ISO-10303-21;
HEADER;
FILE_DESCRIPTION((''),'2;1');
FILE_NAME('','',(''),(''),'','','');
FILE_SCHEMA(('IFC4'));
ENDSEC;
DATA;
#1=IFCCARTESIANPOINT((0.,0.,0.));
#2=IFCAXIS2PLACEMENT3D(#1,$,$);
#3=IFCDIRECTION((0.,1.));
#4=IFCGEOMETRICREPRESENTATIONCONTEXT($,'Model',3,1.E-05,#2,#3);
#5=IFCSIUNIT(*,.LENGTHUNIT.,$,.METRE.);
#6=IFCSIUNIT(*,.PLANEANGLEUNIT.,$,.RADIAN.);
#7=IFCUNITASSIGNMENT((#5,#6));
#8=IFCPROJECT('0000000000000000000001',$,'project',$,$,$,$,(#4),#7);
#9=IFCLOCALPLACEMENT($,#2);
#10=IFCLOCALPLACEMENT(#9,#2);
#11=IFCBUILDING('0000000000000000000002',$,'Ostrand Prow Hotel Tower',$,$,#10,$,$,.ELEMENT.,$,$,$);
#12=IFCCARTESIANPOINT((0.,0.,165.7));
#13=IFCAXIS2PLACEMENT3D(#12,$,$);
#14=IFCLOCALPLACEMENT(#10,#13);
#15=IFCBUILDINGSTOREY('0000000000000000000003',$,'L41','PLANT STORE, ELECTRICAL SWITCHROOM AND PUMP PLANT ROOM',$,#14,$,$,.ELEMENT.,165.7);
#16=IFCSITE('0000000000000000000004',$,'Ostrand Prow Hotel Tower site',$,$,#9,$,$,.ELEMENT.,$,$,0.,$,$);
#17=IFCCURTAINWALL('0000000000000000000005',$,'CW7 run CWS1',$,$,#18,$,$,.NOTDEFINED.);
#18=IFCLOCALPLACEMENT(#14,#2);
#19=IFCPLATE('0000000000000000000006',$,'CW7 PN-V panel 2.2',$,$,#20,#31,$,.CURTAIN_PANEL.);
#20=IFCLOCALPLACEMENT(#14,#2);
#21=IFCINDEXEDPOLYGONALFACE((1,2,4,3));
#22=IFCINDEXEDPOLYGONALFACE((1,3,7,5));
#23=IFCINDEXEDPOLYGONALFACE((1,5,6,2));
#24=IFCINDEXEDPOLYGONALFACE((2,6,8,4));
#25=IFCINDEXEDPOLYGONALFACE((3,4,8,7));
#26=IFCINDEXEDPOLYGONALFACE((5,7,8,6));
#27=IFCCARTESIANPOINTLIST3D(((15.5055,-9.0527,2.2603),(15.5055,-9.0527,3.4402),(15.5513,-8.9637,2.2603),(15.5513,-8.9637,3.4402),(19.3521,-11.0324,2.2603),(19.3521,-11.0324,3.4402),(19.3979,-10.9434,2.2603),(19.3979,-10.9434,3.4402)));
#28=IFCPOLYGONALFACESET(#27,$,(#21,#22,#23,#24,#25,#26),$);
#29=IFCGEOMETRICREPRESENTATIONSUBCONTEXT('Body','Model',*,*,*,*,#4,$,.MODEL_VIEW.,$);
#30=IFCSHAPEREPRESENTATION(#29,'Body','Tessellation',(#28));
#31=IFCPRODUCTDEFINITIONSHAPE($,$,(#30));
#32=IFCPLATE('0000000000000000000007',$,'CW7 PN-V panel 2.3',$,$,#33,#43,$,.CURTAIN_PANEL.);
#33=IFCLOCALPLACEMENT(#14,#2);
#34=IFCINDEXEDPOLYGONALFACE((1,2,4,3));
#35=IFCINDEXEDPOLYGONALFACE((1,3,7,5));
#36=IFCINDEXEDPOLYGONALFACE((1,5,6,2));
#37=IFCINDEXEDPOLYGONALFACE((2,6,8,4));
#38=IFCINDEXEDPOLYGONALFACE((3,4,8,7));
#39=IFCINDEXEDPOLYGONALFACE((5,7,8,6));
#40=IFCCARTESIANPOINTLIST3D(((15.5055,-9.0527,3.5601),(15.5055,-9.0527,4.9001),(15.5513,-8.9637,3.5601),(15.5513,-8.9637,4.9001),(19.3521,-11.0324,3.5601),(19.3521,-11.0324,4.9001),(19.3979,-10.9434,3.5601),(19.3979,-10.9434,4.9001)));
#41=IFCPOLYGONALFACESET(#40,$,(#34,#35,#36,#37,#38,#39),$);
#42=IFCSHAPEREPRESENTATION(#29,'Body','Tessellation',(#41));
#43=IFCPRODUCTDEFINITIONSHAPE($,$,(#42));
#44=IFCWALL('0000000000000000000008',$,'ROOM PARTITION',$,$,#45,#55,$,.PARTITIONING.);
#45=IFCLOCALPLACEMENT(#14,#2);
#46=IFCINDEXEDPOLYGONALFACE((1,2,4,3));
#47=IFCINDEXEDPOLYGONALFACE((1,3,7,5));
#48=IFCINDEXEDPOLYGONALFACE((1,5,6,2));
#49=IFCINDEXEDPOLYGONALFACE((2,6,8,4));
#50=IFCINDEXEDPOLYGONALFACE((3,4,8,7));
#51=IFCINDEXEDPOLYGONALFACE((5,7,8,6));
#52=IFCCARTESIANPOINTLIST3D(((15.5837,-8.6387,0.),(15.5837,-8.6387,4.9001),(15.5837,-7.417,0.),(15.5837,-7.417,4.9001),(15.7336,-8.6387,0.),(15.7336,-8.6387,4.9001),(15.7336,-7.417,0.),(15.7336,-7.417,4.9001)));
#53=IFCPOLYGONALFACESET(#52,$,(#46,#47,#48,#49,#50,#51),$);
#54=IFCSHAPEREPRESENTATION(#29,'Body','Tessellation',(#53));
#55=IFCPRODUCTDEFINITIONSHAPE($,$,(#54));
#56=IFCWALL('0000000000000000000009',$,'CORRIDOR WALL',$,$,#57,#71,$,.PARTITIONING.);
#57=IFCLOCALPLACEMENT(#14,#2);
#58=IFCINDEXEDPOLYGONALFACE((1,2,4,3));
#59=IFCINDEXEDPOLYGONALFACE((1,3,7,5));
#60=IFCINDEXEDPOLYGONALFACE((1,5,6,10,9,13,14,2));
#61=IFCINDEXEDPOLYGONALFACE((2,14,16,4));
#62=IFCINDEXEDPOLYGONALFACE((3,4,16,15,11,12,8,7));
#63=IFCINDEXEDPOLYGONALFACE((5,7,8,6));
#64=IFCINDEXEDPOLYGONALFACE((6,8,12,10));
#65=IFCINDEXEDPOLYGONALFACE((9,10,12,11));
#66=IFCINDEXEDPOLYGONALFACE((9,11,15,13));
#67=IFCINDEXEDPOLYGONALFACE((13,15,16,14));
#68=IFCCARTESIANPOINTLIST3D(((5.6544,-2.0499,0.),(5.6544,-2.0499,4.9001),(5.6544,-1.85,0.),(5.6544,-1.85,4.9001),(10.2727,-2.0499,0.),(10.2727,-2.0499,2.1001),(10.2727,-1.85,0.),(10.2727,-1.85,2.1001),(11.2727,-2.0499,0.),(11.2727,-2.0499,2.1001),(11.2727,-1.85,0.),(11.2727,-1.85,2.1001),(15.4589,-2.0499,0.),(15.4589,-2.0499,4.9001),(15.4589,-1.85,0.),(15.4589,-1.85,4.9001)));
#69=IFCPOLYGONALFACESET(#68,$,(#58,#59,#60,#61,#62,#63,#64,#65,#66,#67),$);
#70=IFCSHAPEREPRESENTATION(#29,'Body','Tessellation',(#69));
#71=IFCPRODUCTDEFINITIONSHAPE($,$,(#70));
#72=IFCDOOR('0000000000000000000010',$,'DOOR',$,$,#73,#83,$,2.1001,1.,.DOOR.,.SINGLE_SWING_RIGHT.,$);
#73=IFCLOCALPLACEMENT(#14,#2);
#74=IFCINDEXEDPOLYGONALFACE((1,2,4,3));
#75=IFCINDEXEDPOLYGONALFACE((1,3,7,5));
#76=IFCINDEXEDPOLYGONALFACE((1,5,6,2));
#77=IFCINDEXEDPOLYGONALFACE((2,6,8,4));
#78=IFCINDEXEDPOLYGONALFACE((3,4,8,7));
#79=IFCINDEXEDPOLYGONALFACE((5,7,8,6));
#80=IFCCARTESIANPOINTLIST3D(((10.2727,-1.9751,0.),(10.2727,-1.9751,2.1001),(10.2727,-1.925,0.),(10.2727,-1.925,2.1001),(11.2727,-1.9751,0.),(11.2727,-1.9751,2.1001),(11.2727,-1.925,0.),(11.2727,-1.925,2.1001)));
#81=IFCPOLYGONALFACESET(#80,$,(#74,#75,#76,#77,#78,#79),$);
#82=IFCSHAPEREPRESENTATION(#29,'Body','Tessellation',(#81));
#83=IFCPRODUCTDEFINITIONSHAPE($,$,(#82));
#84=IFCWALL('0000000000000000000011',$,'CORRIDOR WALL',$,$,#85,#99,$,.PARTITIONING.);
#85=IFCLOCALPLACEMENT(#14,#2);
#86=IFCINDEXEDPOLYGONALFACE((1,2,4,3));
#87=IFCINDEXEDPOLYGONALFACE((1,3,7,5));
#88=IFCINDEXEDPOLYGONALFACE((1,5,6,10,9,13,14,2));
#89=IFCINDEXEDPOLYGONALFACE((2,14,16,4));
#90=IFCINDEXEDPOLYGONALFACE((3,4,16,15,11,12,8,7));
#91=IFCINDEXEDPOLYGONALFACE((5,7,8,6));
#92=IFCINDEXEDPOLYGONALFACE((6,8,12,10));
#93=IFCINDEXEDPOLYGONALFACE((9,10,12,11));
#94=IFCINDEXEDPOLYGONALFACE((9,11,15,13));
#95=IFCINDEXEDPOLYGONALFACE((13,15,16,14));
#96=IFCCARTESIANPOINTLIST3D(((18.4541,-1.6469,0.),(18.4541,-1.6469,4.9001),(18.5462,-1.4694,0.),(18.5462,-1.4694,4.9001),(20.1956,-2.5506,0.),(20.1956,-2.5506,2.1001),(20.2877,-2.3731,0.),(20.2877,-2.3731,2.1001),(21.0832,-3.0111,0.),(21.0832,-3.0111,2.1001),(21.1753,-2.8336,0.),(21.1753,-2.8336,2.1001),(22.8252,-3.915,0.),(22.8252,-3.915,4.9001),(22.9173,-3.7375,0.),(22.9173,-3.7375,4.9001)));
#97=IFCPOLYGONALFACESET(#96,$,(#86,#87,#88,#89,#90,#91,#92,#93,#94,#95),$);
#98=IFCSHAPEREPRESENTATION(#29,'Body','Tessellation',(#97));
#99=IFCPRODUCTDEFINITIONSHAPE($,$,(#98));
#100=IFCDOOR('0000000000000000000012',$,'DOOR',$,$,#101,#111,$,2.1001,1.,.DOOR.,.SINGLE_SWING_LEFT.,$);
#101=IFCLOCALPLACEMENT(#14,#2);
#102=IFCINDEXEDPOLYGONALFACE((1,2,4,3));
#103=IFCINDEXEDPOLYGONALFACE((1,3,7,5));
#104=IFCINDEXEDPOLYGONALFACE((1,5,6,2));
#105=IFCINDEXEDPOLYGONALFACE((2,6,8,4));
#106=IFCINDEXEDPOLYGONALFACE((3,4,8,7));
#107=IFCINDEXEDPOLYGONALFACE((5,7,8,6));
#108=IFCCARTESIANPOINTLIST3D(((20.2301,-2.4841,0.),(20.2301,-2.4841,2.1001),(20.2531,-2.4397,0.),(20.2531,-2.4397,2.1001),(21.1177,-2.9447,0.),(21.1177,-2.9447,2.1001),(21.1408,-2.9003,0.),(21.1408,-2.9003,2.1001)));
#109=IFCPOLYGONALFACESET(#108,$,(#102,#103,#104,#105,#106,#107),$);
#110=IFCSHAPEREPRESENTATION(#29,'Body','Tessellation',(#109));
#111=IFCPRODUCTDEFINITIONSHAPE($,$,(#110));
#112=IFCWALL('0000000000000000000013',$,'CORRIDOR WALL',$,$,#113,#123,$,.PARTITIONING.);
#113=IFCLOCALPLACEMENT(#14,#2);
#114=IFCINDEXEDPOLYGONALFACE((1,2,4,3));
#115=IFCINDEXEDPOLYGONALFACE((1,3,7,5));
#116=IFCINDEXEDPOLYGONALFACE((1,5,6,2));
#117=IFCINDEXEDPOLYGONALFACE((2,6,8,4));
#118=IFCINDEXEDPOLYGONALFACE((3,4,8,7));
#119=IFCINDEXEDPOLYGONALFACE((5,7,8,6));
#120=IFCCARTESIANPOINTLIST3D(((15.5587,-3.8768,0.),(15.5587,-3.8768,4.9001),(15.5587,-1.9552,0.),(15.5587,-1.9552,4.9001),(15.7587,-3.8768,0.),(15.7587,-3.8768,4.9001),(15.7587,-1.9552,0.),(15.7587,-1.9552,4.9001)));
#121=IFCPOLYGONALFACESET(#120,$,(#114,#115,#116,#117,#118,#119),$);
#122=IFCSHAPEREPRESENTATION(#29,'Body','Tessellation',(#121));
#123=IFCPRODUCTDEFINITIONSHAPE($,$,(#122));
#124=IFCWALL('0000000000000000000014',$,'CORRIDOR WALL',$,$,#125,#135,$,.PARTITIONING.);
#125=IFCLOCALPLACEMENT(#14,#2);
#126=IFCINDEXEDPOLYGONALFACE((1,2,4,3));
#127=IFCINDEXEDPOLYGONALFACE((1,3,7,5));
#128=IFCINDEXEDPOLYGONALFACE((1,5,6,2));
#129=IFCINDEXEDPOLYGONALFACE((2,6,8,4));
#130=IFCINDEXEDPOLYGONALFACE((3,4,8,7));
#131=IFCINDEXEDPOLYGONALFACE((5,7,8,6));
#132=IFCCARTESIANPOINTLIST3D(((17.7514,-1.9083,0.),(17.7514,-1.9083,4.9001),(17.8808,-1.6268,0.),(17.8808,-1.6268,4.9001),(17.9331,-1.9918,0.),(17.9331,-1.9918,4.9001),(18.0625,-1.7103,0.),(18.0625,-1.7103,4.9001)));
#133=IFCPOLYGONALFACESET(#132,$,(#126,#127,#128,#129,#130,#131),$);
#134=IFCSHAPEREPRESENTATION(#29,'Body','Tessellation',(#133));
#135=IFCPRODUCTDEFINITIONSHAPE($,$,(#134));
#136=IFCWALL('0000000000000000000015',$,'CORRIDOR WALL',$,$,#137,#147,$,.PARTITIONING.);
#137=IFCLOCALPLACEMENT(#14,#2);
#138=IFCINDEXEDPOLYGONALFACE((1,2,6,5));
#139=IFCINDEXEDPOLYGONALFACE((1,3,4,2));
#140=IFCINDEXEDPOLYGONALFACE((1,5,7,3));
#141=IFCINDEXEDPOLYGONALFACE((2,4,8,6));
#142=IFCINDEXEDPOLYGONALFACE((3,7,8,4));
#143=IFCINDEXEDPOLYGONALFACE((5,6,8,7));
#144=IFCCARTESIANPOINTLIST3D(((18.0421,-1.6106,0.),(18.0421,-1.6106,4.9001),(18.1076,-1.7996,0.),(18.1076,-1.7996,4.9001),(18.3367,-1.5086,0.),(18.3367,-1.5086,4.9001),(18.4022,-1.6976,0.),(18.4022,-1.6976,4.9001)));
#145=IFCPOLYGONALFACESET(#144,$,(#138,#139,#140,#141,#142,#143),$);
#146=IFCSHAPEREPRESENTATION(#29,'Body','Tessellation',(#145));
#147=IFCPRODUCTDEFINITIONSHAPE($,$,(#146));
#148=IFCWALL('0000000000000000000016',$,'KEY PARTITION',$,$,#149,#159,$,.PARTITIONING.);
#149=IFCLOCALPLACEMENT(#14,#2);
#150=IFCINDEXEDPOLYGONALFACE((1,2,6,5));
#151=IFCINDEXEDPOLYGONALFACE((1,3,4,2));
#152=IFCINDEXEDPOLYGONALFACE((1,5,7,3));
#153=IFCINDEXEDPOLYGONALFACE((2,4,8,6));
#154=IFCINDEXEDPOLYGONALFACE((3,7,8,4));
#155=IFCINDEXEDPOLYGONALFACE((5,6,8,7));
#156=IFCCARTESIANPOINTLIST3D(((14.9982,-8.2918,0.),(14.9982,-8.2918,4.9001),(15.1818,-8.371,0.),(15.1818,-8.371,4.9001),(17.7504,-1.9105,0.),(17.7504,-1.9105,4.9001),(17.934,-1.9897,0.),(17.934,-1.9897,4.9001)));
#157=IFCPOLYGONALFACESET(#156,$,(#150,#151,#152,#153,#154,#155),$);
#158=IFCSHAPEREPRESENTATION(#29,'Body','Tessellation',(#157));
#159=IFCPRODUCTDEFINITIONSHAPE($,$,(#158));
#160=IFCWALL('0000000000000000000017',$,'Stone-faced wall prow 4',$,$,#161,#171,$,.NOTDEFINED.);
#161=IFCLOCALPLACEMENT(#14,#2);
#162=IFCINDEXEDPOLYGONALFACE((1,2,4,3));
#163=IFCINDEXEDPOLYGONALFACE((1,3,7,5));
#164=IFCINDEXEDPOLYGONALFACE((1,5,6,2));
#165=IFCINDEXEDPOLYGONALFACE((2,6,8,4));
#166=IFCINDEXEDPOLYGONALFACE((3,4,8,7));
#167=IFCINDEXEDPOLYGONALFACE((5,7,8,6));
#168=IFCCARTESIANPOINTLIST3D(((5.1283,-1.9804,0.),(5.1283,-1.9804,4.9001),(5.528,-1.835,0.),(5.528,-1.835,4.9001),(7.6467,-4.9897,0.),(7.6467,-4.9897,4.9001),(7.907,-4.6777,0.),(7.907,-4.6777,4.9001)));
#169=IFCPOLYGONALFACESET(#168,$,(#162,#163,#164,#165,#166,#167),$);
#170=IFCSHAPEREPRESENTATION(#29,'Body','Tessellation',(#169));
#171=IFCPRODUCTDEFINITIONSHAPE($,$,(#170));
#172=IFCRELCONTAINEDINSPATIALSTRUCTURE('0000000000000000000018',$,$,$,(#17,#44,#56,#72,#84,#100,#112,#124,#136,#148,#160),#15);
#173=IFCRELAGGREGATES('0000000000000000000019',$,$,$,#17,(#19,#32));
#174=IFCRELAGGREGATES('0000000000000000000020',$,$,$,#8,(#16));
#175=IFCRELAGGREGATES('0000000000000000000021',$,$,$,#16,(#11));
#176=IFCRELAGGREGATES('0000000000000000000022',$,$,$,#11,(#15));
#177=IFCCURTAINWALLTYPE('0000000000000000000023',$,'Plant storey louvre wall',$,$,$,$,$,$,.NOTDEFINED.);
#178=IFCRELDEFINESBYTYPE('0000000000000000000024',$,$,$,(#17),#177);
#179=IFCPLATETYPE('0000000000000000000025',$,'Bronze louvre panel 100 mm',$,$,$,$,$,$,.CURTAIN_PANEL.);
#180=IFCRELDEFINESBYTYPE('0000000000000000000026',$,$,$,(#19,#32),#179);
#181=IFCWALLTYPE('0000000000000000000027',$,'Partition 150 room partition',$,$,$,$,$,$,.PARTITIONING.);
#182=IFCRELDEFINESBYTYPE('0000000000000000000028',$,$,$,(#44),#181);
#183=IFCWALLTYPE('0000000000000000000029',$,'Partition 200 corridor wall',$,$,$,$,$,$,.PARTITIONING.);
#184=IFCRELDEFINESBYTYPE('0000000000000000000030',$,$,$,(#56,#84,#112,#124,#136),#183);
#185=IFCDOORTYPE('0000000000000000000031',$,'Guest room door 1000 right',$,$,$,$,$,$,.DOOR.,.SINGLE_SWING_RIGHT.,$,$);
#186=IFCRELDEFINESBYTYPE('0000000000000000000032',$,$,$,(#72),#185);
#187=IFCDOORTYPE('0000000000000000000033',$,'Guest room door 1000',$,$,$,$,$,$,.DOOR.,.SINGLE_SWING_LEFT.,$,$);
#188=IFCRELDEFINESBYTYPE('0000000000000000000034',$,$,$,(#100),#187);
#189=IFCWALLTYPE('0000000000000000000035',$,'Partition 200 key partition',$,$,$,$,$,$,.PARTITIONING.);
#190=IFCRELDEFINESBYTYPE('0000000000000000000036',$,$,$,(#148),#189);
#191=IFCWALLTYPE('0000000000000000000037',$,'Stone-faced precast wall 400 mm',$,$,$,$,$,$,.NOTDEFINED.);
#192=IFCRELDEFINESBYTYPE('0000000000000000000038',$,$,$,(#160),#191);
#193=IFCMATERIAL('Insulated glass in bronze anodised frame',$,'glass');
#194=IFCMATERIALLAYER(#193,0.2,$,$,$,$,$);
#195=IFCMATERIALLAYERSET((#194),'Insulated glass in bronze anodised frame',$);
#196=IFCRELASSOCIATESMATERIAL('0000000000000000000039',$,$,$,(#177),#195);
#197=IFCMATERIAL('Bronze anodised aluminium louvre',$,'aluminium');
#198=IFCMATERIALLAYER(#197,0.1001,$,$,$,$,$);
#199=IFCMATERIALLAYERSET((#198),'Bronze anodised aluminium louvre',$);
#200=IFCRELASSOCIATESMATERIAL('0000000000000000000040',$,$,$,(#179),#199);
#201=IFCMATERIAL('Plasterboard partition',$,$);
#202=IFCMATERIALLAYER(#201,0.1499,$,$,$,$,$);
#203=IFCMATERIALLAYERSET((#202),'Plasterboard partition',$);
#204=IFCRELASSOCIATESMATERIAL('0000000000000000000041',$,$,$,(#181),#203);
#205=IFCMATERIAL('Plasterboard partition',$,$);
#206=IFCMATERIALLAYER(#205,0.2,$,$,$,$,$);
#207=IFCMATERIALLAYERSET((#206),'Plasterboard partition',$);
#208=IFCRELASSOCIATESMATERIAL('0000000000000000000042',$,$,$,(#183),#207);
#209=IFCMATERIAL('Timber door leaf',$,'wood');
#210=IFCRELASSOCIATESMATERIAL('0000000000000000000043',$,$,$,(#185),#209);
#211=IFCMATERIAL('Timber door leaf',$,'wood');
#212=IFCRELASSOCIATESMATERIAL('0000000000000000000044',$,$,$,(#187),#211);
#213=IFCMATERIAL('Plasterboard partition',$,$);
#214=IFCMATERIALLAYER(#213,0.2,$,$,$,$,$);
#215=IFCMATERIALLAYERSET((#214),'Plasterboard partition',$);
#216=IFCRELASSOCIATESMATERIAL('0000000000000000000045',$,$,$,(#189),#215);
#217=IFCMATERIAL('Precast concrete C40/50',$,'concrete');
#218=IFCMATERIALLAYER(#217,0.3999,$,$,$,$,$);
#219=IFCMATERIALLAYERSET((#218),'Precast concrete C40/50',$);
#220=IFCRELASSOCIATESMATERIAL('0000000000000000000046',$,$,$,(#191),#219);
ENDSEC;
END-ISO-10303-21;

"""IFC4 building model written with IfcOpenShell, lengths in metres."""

from ifc_helpers import new_model, si_unit, direction, frame, frame_2d, origin, origin_2d, place, context, subcontext, project, spatial, polyline, rectangle, outline, extrude, material, layer, layer_set, type_object, element, fill, aggregate, save


model = new_model("IFC4")

# Units and contexts
model_context = context("Model", 3, precision=1e-05, world=origin(), true_north=direction((0.0, 1.0)))
body_context = subcontext(model_context, "Body", "Model", "MODEL_VIEW")
ifc_project = project(units=[si_unit("LENGTHUNIT", "METRE"), si_unit("PLANEANGLEUNIT", "RADIAN")], contexts=[model_context])

# Site, building, storey
site_placement = place(None, origin())
site = spatial("IfcSite", under=ifc_project, at=site_placement, Name="Ostrand Prow Hotel Tower site", CompositionType="ELEMENT", RefElevation=0.0)
building_placement = place(site_placement, origin())
building = spatial("IfcBuilding", under=site, at=building_placement, Name="Ostrand Prow Hotel Tower", CompositionType="ELEMENT")
storey_placement = place(building_placement, frame((0.0, 0.0, 165.7)))
storey = spatial("IfcBuildingStorey", under=building, at=storey_placement, Name="L41", Description="PLANT STORE, ELECTRICAL SWITCHROOM AND PUMP PLANT ROOM", CompositionType="ELEMENT", Elevation=165.7)

# Curtain wall, plates
ifc_material_1 = material(Name="Insulated glass in bronze anodised frame", Category="glass")
ifc_layer_1 = layer(ifc_material_1, 0.2)
ifc_layer_set_1 = layer_set([ifc_layer_1], Name="Insulated glass in bronze anodised frame")
curtain_wall_type = type_object("IfcCurtainWallType", Name="Plant storey louvre wall", PredefinedType="NOTDEFINED", material=ifc_layer_set_1)
curtain_wall_placement = place(storey_placement, origin())
curtain_wall = element("IfcCurtainWall", 1, at=curtain_wall_placement, inside=storey, type_object=curtain_wall_type, Name="CW7 run CWS1", PredefinedType="NOTDEFINED")
ifc_material_2 = material(Name="Bronze anodised aluminium louvre", Category="aluminium")
ifc_layer_2 = layer(ifc_material_2, 0.1001)
ifc_layer_set_2 = layer_set([ifc_layer_2], Name="Bronze anodised aluminium louvre")
plate_type = type_object("IfcPlateType", Name="Bronze louvre panel 100 mm", PredefinedType="CURTAIN_PANEL", material=ifc_layer_set_2)
plate_1_placement = place(storey_placement, frame((17.4517, -9.998, 2.2603), z_axis=(0.0, 0.0, 1.0), x_axis=(0.889148, -0.457619, 0.0)))
plate_1 = element("IfcPlate", 2, at=plate_1_placement, type_object=plate_type, Name="CW7 PN-V panel 2.2", PredefinedType="CURTAIN_PANEL", context=body_context, shape_type="SweptSolid", body=[
    extrude(rectangle(XDim=4.3262, YDim=0.1001, at=origin_2d()), origin(), (0.0, 0.0, 1.0), 1.1799),
])
plate_2_placement = place(storey_placement, frame((17.4517, -9.998, 3.5601), z_axis=(0.0, 0.0, 1.0), x_axis=(0.889148, -0.457619, 0.0)))
plate_2 = element("IfcPlate", 3, at=plate_2_placement, type_object=plate_type, Name="CW7 PN-V panel 2.3", PredefinedType="CURTAIN_PANEL", context=body_context, shape_type="SweptSolid", body=[
    extrude(rectangle(XDim=4.3262, YDim=0.1001, at=origin_2d()), origin(), (0.0, 0.0, 1.0), 1.3401),
])
aggregate(curtain_wall, [plate_1, plate_2])

# Wall
ifc_material_3 = material(Name="Plasterboard partition")
ifc_layer_3 = layer(ifc_material_3, 0.1499)
ifc_layer_set_3 = layer_set([ifc_layer_3], Name="Plasterboard partition")
wall_type_1 = type_object("IfcWallType", Name="Partition 150 room partition", PredefinedType="PARTITIONING", material=ifc_layer_set_3)
wall_1_placement = place(storey_placement, frame((15.6587, -7.417, 0.0), z_axis=(0.0, 0.0, 1.0), x_axis=(0.0, -1.0, 0.0)))
element("IfcWall", 4, at=wall_1_placement, inside=storey, type_object=wall_type_1, Name="ROOM PARTITION", PredefinedType="PARTITIONING", context=body_context, shape_type="SweptSolid", body=[
    extrude(rectangle(XDim=1.2217, YDim=0.1499, at=frame_2d((0.6108, 0.0))), origin(), (0.0, 0.0, 1.0), 4.9001),
])

# Walls, openings, doors
ifc_material_4 = material(Name="Plasterboard partition")
ifc_layer_4 = layer(ifc_material_4, 0.2)
ifc_layer_set_4 = layer_set([ifc_layer_4], Name="Plasterboard partition")
wall_type_2 = type_object("IfcWallType", Name="Partition 200 corridor wall", PredefinedType="PARTITIONING", material=ifc_layer_set_4)
wall_2_placement = place(storey_placement, frame((5.6543, -1.95, 0.0), z_axis=(0.0, 0.0, 1.0), x_axis=(1.0, 0.0, 0.0)))
wall_2 = element("IfcWall", 5, at=wall_2_placement, inside=storey, type_object=wall_type_2, Name="CORRIDOR WALL", PredefinedType="PARTITIONING", context=body_context, shape_type="SweptSolid", body=[
    extrude(rectangle(XDim=9.8044, YDim=0.2, at=frame_2d((4.9023, 0.0))), origin(), (0.0, 0.0, 1.0), 4.9001),
])
opening_1_placement = place(wall_2_placement, frame((4.6184, 0.0, 0.0)))
opening_1 = element("IfcOpeningElement", 6, at=opening_1_placement, cuts=wall_2, PredefinedType="OPENING", context=body_context, shape_type="SweptSolid", body=[
    extrude(rectangle(XDim=1.0, YDim=2.1001, at=frame_2d((0.5, 1.05))), frame((0.0, 0.1099, 0.0), z_axis=(0.0, -1.0, 0.0), x_axis=(1.0, 0.0, 0.0)), (0.0, 0.0, 1.0), 0.22),
])
ifc_material_5 = material(Name="Timber door leaf", Category="wood")
door_type_1 = type_object("IfcDoorType", Name="Guest room door 1000 right", OperationType="SINGLE_SWING_RIGHT", PredefinedType="DOOR", material=ifc_material_5)
door_1_placement = place(opening_1_placement, origin())
door_1 = element("IfcDoor", 7, at=door_1_placement, inside=storey, type_object=door_type_1, Name="DOOR", OperationType="SINGLE_SWING_RIGHT", OverallHeight=2.1001, OverallWidth=1.0, PredefinedType="DOOR", context=body_context, shape_type="SweptSolid", body=[
    extrude(rectangle(XDim=1.0, YDim=2.1001, at=frame_2d((0.5, 1.05))), frame((0.0, 0.0249, 0.0), z_axis=(0.0, -1.0, 0.0), x_axis=(1.0, 0.0, 0.0)), (0.0, 0.0, 1.0), 0.05),
])
fill(opening_1, door_1)
wall_3_placement = place(storey_placement, frame((18.5, -1.5581, 0.0), z_axis=(0.0, 0.0, 1.0), x_axis=(0.887624, -0.460569, 0.0)))
wall_3 = element("IfcWall", 8, at=wall_3_placement, inside=storey, type_object=wall_type_2, Name="CORRIDOR WALL", PredefinedType="PARTITIONING", context=body_context, shape_type="SweptSolid", body=[
    extrude(rectangle(XDim=4.9246, YDim=0.2, at=frame_2d((2.4624, 0.0))), origin(), (0.0, 0.0, 1.0), 4.9001),
])
opening_2_placement = place(wall_3_placement, frame((1.9622, 0.0, 0.0)))
opening_2 = element("IfcOpeningElement", 9, at=opening_2_placement, cuts=wall_3, PredefinedType="OPENING", context=body_context, shape_type="SweptSolid", body=[
    extrude(rectangle(XDim=1.0, YDim=2.1001, at=frame_2d((0.5, 1.05))), frame((0.0, 0.1099, 0.0), z_axis=(0.0, -1.0, 0.0), x_axis=(1.0, 0.0, 0.0)), (0.0, 0.0, 1.0), 0.22),
])
ifc_material_6 = material(Name="Timber door leaf", Category="wood")
door_type_2 = type_object("IfcDoorType", Name="Guest room door 1000", OperationType="SINGLE_SWING_LEFT", PredefinedType="DOOR", material=ifc_material_6)
door_2_placement = place(opening_2_placement, origin())
door_2 = element("IfcDoor", 10, at=door_2_placement, inside=storey, type_object=door_type_2, Name="DOOR", OperationType="SINGLE_SWING_LEFT", OverallHeight=2.1001, OverallWidth=1.0, PredefinedType="DOOR", context=body_context, shape_type="SweptSolid", body=[
    extrude(rectangle(XDim=1.0, YDim=2.1001, at=frame_2d((0.5, 1.05))), frame((0.0, 0.0249, 0.0), z_axis=(0.0, -1.0, 0.0), x_axis=(1.0, 0.0, 0.0)), (0.0, 0.0, 1.0), 0.05),
])
fill(opening_2, door_2)

# Walls
wall_4_placement = place(storey_placement, frame((15.6587, -1.9551, 0.0), z_axis=(0.0, 0.0, 1.0), x_axis=(0.0, -1.0, 0.0)))
element("IfcWall", 11, at=wall_4_placement, inside=storey, type_object=wall_type_2, Name="CORRIDOR WALL", PredefinedType="PARTITIONING", context=body_context, shape_type="SweptSolid", body=[
    extrude(rectangle(XDim=1.9216, YDim=0.2, at=frame_2d((0.9609, 0.0))), origin(), (0.0, 0.0, 1.0), 4.9001),
])
wall_5_placement = place(storey_placement, frame((17.8423, -1.95, 0.0), z_axis=(0.0, 0.0, 1.0), x_axis=(0.417658, 0.908604, 0.0)))
element("IfcWall", 12, at=wall_5_placement, inside=storey, type_object=wall_type_2, Name="CORRIDOR WALL", PredefinedType="PARTITIONING", context=body_context, shape_type="SweptSolid", body=[
    extrude(rectangle(XDim=0.3098, YDim=0.2, at=frame_2d((0.1548, 0.0))), origin(), (0.0, 0.0, 1.0), 4.9001),
])
wall_6_placement = place(storey_placement, frame((18.075, -1.7051, 0.0), z_axis=(0.0, 0.0, 1.0), x_axis=(0.94494, 0.327245, 0.0)))
element("IfcWall", 13, at=wall_6_placement, inside=storey, type_object=wall_type_2, Name="CORRIDOR WALL", PredefinedType="PARTITIONING", context=body_context, shape_type="SweptSolid", body=[
    extrude(rectangle(XDim=0.3118, YDim=0.2, at=frame_2d((0.1558, 0.0))), origin(), (0.0, 0.0, 1.0), 4.9001),
])
ifc_material_7 = material(Name="Plasterboard partition")
ifc_layer_5 = layer(ifc_material_7, 0.2)
ifc_layer_set_5 = layer_set([ifc_layer_5], Name="Plasterboard partition")
wall_type_3 = type_object("IfcWallType", Name="Partition 200 key partition", PredefinedType="PARTITIONING", material=ifc_layer_set_5)
wall_7_placement = place(storey_placement, frame((15.0901, -8.3313, 0.0), z_axis=(0.0, 0.0, 1.0), x_axis=(0.396025, 0.91824, 0.0)))
element("IfcWall", 14, at=wall_7_placement, inside=storey, type_object=wall_type_3, Name="KEY PARTITION", PredefinedType="PARTITIONING", context=body_context, shape_type="SweptSolid", body=[
    extrude(rectangle(XDim=6.9495, YDim=0.2, at=frame_2d((3.4746, 0.0))), origin(), (0.0, 0.0, 1.0), 4.9001),
])
ifc_material_8 = material(Name="Precast concrete C40/50", Category="concrete")
ifc_layer_6 = layer(ifc_material_8, 0.3999)
ifc_layer_set_6 = layer_set([ifc_layer_6], Name="Precast concrete C40/50")
wall_type_4 = type_object("IfcWallType", Name="Stone-faced precast wall 400 mm", PredefinedType="NOTDEFINED", material=ifc_layer_set_6)
wall_8_placement = place(storey_placement, frame((5.3281, -1.9077, 0.0), z_axis=(0.0, 0.0, 1.0), x_axis=(0.641788, -0.766882, 0.0)))
element("IfcWall", 15, at=wall_8_placement, inside=storey, type_object=wall_type_4, Name="Stone-faced wall prow 4", PredefinedType="NOTDEFINED", context=body_context, shape_type="SweptSolid", body=[
    extrude(outline(polyline([(-0.0725, -0.2), (3.8516, -0.2), (3.7793, 0.2), (0.0725, 0.2), (-0.0725, -0.2)])), origin(), (0.0, 0.0, 1.0), 4.9001),
])

save(model, "model.ifc")
